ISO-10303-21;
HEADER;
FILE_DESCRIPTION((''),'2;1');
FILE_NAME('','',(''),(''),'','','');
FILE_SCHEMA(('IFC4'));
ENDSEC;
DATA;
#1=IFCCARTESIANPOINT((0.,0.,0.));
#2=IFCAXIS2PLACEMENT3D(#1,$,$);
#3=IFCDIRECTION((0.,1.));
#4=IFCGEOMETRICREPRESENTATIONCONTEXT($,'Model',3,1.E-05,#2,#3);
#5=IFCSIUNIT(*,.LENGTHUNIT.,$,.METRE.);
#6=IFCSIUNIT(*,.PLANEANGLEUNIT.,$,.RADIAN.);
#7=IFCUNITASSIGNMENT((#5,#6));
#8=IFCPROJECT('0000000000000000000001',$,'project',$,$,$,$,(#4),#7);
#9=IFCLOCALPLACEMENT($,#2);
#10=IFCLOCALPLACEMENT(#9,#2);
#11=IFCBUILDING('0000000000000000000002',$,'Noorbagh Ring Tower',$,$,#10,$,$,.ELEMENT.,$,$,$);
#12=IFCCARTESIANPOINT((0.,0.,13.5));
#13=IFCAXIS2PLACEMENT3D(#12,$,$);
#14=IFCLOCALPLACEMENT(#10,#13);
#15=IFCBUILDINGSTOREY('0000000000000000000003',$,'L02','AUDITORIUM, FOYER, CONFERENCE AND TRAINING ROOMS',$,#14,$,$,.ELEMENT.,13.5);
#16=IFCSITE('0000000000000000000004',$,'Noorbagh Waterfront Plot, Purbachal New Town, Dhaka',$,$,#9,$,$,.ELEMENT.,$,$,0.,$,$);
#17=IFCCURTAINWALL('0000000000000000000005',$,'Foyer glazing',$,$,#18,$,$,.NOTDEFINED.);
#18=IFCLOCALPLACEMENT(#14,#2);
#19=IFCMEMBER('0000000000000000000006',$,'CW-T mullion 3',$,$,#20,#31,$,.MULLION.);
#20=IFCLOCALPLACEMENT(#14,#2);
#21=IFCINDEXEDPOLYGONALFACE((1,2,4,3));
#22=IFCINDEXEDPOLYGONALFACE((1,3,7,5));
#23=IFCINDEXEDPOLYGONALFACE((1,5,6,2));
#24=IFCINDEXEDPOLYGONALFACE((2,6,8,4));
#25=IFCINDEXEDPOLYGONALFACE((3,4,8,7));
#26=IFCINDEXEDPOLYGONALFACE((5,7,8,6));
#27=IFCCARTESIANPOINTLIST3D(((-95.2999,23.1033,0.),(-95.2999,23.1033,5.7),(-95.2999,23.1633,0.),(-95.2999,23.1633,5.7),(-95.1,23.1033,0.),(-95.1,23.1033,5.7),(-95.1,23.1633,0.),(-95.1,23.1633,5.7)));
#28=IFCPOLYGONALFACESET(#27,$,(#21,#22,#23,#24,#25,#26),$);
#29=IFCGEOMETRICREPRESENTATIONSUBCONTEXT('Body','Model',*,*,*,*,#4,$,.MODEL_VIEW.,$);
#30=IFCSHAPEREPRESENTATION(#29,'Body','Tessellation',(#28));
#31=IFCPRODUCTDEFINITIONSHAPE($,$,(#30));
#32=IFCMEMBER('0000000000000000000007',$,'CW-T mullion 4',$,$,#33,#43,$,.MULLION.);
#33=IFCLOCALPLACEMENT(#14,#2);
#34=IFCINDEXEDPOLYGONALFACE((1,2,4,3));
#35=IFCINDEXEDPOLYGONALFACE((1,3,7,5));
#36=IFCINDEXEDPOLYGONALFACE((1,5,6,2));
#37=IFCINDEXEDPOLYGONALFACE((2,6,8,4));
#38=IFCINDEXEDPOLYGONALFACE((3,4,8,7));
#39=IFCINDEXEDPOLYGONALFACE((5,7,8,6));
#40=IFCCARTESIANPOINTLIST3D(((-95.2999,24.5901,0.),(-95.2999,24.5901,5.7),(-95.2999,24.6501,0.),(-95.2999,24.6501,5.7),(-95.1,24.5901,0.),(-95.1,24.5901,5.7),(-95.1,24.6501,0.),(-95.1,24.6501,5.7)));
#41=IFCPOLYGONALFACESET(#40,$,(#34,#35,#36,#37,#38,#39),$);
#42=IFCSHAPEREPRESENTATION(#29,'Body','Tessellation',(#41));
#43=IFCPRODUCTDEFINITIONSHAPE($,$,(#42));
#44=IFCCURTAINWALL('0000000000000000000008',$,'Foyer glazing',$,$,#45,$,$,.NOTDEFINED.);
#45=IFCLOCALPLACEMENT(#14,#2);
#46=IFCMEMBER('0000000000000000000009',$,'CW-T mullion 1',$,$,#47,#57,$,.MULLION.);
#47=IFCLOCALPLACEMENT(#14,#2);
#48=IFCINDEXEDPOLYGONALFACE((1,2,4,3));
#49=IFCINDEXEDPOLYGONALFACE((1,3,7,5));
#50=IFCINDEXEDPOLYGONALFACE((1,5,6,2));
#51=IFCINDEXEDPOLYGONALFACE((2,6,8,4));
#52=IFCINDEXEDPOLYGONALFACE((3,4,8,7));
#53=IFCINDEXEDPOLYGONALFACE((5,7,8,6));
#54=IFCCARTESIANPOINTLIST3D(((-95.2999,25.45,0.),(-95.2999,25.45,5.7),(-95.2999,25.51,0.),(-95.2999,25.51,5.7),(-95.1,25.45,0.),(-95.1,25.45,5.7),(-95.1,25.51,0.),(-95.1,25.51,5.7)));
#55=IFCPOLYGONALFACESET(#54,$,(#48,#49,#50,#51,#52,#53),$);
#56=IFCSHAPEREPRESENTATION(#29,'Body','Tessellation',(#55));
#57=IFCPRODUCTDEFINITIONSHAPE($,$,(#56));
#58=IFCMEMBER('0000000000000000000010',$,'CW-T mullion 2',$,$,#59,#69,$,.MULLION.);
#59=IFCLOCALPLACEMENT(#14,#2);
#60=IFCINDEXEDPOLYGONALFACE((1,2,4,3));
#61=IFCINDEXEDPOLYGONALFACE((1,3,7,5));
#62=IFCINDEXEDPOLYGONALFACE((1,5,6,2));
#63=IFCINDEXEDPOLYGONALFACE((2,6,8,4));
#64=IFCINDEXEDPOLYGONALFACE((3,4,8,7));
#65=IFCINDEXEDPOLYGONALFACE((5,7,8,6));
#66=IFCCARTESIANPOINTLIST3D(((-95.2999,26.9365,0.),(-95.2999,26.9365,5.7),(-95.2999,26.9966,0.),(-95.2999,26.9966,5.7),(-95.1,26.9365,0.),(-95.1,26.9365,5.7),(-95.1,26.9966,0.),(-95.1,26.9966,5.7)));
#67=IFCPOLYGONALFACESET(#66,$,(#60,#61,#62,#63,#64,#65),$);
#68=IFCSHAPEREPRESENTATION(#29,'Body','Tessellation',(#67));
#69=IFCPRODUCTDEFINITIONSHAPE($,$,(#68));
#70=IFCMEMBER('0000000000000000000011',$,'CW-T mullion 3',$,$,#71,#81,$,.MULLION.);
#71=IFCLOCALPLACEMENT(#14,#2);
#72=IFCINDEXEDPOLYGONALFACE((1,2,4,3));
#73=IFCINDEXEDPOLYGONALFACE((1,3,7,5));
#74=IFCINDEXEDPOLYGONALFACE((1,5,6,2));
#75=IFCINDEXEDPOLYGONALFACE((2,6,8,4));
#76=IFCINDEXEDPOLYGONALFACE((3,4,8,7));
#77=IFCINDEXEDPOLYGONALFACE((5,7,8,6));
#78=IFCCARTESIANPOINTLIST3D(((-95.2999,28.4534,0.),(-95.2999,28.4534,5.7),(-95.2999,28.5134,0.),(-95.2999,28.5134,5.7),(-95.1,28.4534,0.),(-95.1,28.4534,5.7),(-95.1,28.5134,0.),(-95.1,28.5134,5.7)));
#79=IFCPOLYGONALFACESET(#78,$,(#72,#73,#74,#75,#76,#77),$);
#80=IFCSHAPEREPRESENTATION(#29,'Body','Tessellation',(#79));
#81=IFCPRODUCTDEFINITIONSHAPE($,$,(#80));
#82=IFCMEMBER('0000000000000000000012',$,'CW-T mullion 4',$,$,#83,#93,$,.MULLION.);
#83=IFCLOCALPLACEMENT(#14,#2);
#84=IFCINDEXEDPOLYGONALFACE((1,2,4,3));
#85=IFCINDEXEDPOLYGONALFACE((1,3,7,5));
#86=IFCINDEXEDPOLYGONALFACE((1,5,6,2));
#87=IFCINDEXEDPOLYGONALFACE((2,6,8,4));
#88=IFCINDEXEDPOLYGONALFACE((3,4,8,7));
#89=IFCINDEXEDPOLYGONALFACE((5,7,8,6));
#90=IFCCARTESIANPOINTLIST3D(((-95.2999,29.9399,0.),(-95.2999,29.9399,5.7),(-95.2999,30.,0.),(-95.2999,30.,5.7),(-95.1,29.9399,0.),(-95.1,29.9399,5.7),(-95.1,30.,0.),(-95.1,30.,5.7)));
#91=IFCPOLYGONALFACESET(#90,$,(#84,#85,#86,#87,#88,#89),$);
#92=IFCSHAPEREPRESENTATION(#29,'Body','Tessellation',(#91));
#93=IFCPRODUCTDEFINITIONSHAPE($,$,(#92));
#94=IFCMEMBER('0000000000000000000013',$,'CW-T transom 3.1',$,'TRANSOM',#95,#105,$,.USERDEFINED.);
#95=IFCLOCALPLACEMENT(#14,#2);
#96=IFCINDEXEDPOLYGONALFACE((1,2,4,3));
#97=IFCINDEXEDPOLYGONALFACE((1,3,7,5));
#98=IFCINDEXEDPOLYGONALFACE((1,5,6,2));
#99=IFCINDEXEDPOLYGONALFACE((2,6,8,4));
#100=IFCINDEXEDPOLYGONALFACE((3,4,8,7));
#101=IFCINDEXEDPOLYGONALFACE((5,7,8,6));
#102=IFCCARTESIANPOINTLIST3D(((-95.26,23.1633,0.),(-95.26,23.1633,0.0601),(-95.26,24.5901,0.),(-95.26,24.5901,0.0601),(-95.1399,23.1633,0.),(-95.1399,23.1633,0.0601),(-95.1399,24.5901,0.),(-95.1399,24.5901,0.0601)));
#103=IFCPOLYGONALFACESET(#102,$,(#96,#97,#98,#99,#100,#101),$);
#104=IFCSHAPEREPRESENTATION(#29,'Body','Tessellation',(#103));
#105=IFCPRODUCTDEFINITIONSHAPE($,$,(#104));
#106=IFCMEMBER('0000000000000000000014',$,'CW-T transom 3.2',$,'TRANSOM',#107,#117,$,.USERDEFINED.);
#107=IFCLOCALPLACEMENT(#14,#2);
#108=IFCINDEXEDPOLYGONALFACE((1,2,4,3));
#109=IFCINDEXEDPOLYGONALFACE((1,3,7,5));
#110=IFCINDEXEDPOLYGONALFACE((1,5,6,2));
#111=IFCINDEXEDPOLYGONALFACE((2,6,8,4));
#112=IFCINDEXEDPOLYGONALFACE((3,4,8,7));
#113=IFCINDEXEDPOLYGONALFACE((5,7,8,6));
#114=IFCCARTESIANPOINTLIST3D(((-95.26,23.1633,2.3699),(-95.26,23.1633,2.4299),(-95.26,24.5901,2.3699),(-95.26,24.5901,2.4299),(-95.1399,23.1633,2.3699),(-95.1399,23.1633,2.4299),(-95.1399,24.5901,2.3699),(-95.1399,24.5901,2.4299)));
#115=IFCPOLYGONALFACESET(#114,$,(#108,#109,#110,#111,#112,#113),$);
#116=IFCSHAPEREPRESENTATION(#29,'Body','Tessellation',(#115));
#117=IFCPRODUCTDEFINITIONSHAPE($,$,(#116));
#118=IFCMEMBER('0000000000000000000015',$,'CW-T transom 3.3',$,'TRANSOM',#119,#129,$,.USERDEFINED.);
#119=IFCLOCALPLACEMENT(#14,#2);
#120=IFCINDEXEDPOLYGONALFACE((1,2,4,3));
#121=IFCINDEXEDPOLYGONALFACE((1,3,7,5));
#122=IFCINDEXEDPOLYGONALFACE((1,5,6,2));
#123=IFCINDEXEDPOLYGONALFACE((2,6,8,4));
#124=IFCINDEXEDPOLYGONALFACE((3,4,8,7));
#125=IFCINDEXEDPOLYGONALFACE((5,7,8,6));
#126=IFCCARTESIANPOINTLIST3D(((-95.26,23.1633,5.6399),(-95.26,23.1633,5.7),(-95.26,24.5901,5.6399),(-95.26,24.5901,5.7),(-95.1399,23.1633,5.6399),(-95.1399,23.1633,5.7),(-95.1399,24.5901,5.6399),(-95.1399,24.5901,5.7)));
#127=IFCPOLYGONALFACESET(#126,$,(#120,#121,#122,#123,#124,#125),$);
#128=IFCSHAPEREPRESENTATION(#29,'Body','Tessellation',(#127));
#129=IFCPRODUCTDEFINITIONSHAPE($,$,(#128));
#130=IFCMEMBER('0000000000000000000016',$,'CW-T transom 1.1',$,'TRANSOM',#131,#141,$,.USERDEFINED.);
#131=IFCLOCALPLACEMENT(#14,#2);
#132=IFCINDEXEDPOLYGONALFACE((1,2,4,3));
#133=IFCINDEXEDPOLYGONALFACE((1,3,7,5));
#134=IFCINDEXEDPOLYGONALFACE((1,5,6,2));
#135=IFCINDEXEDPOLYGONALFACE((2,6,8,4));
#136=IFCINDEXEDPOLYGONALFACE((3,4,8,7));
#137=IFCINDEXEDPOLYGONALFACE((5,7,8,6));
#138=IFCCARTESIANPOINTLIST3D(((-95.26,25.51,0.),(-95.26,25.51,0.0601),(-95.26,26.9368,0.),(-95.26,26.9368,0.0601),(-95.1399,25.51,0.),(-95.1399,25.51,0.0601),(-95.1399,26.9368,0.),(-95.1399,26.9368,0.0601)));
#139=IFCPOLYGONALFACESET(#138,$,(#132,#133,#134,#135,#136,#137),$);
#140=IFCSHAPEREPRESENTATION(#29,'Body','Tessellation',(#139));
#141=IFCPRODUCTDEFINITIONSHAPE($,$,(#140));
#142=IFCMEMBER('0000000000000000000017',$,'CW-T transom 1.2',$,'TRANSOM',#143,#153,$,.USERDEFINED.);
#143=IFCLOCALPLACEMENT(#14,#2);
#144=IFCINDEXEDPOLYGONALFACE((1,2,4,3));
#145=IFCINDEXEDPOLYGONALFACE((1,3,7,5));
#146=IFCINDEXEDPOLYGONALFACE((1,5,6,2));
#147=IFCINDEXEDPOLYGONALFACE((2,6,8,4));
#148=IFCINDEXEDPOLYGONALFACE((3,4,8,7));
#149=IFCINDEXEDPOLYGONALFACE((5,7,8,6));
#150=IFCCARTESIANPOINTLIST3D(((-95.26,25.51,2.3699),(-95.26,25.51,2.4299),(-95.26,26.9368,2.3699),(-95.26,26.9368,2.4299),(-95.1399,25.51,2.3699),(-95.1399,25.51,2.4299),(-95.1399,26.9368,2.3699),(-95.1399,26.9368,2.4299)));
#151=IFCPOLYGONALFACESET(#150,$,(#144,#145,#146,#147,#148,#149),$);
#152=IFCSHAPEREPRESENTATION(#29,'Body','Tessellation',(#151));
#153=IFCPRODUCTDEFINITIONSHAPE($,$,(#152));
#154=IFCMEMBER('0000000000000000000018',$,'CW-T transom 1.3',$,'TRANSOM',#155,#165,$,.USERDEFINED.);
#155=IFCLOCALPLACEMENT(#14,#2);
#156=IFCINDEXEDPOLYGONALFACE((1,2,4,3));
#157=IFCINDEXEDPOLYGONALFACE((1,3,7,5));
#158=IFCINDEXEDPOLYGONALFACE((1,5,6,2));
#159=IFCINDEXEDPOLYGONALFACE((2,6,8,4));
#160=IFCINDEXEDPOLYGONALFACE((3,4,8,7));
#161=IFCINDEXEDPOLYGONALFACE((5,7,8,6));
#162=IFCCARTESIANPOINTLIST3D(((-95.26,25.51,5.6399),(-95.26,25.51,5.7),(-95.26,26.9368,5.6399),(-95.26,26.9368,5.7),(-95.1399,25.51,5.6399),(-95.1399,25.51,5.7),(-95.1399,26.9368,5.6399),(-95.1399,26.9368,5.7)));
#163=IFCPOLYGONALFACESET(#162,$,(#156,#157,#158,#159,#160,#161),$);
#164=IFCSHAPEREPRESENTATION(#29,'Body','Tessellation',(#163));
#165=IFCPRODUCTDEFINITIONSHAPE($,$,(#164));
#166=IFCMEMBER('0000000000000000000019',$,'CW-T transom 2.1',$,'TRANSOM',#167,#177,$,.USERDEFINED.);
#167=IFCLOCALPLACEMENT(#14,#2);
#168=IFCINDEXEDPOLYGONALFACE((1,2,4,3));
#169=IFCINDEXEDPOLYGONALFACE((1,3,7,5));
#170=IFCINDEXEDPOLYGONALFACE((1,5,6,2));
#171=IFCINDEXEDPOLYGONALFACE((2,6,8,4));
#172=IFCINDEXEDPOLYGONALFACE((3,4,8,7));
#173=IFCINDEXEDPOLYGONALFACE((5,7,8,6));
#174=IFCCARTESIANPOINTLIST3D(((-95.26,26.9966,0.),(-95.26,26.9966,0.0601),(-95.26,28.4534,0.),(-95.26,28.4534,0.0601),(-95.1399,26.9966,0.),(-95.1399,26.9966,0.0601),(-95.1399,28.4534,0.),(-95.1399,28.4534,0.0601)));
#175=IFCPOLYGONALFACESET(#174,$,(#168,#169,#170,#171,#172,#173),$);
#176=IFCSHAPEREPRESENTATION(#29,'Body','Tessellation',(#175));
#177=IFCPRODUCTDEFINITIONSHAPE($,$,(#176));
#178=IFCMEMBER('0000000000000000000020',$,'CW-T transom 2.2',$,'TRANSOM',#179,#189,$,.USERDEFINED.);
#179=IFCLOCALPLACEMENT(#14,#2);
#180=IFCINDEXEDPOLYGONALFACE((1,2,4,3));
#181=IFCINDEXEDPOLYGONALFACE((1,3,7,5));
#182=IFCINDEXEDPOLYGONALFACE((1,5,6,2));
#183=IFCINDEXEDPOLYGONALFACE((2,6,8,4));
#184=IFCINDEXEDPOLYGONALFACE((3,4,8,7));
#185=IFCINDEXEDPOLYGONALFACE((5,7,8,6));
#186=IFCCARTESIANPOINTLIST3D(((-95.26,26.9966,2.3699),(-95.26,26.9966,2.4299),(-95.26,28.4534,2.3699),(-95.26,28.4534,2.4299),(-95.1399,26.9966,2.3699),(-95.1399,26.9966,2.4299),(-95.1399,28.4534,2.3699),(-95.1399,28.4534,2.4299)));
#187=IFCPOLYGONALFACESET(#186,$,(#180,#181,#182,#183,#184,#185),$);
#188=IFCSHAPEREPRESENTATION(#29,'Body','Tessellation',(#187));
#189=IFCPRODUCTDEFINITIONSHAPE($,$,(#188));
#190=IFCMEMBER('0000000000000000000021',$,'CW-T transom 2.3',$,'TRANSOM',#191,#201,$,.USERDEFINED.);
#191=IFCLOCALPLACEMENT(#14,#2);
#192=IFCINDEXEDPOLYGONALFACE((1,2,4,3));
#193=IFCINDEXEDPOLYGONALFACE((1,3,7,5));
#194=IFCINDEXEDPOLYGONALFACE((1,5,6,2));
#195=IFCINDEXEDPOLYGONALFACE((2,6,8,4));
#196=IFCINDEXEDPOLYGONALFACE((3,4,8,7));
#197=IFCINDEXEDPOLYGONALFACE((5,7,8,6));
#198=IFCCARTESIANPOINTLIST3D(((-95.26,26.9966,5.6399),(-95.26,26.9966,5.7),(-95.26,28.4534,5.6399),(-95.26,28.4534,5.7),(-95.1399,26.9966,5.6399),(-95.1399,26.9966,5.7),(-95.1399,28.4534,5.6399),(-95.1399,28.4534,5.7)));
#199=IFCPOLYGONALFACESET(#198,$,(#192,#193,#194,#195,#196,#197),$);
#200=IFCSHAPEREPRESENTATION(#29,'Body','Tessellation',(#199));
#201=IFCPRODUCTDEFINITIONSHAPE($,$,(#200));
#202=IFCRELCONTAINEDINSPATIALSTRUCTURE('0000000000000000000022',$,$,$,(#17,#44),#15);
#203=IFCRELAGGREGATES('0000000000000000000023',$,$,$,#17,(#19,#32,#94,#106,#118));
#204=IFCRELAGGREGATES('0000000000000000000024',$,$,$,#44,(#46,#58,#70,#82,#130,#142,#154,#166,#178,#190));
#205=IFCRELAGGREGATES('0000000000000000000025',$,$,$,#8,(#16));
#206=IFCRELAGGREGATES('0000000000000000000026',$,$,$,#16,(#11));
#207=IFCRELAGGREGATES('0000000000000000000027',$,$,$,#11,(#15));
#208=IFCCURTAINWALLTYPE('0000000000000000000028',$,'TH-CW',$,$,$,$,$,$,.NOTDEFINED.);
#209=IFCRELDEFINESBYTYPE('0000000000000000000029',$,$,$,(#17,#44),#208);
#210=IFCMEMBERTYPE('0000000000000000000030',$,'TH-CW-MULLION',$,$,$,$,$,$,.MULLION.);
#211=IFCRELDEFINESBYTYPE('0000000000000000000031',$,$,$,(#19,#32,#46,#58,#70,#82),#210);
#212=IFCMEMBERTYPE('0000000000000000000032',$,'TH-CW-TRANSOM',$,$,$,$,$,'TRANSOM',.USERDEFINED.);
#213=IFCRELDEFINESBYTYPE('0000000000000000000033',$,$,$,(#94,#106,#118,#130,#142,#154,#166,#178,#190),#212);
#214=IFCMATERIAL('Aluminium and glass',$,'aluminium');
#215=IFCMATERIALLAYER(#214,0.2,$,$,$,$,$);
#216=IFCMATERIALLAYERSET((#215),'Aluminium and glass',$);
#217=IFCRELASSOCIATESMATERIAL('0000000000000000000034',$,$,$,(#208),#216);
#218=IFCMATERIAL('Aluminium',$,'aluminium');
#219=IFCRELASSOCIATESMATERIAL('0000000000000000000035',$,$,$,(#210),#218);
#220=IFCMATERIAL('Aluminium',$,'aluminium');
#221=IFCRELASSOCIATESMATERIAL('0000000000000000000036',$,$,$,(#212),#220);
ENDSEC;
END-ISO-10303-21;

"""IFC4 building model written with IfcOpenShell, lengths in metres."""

from ifc_helpers import new_model, si_unit, direction, frame, origin, origin_2d, place, context, subcontext, project, spatial, rectangle, extrude, material, layer, layer_set, material_profile, profile_set, type_object, element, aggregate, save


model = new_model("IFC4")

# Units and contexts
model_context = context("Model", 3, precision=1e-05, world=origin(), true_north=direction((0.0, 1.0)))
body_context = subcontext(model_context, "Body", "Model", "MODEL_VIEW")
ifc_project = project(units=[si_unit("LENGTHUNIT", "METRE"), si_unit("PLANEANGLEUNIT", "RADIAN")], contexts=[model_context])

# Site, building, storey
site_placement = place(None, origin())
site = spatial("IfcSite", under=ifc_project, at=site_placement, Name="Noorbagh Waterfront Plot, Purbachal New Town, Dhaka", CompositionType="ELEMENT", RefElevation=0.0)
building_placement = place(site_placement, origin())
building = spatial("IfcBuilding", under=site, at=building_placement, Name="Noorbagh Ring Tower", CompositionType="ELEMENT")
storey_placement = place(building_placement, frame((0.0, 0.0, 13.5)))
storey = spatial("IfcBuildingStorey", under=building, at=storey_placement, Name="L02", Description="AUDITORIUM, FOYER, CONFERENCE AND TRAINING ROOMS", CompositionType="ELEMENT", Elevation=13.5)

# Curtain walls, members
ifc_material_1 = material(Name="Aluminium and glass", Category="aluminium")
ifc_layer_1 = layer(ifc_material_1, 0.2)
ifc_layer_set_1 = layer_set([ifc_layer_1], Name="Aluminium and glass")
curtain_wall_type = type_object("IfcCurtainWallType", Name="TH-CW", PredefinedType="NOTDEFINED", material=ifc_layer_set_1)
curtain_wall_1_placement = place(storey_placement, origin())
curtain_wall_1 = element("IfcCurtainWall", 1, at=curtain_wall_1_placement, inside=storey, type_object=curtain_wall_type, Name="Foyer glazing", PredefinedType="NOTDEFINED")
ifc_material_2 = material(Name="Aluminium", Category="aluminium")
ifc_material_profile_1 = material_profile(ifc_material_2, rectangle(XDim=0.2, YDim=0.0601, at=origin_2d()), Name="AL 200x60")
ifc_profile_set_1 = profile_set([ifc_material_profile_1], Name="Aluminium")
member_type_1 = type_object("IfcMemberType", Name="TH-CW-MULLION", PredefinedType="MULLION", material=ifc_profile_set_1)
member_1_placement = place(storey_placement, frame((-95.2, 23.1333, 0.0), z_axis=(0.0, 0.0, 1.0), x_axis=(-1.0, 0.0, 0.0)))
member_1 = element("IfcMember", 2, at=member_1_placement, type_object=member_type_1, Name="CW-T mullion 3", PredefinedType="MULLION", context=body_context, shape_type="SweptSolid", body=[
    extrude(rectangle(XDim=0.2, YDim=0.0601, at=origin_2d()), origin(), (0.0, 0.0, 1.0), 5.7),
])
member_2_placement = place(storey_placement, frame((-95.2, 24.6201, 0.0), z_axis=(0.0, 0.0, 1.0), x_axis=(-1.0, 0.0, 0.0)))
member_2 = element("IfcMember", 3, at=member_2_placement, type_object=member_type_1, Name="CW-T mullion 4", PredefinedType="MULLION", context=body_context, shape_type="SweptSolid", body=[
    extrude(rectangle(XDim=0.2, YDim=0.0601, at=origin_2d()), origin(), (0.0, 0.0, 1.0), 5.7),
])
curtain_wall_2_placement = place(storey_placement, origin())
curtain_wall_2 = element("IfcCurtainWall", 4, at=curtain_wall_2_placement, inside=storey, type_object=curtain_wall_type, Name="Foyer glazing", PredefinedType="NOTDEFINED")
member_3_placement = place(storey_placement, frame((-95.2, 25.48, 0.0), z_axis=(0.0, 0.0, 1.0), x_axis=(-1.0, 0.0, 0.0)))
member_3 = element("IfcMember", 5, at=member_3_placement, type_object=member_type_1, Name="CW-T mullion 1", PredefinedType="MULLION", context=body_context, shape_type="SweptSolid", body=[
    extrude(rectangle(XDim=0.2, YDim=0.0601, at=origin_2d()), origin(), (0.0, 0.0, 1.0), 5.7),
])
member_4_placement = place(storey_placement, frame((-95.2, 26.9666, 0.0), z_axis=(0.0, 0.0, 1.0), x_axis=(-1.0, 0.0, 0.0)))
member_4 = element("IfcMember", 6, at=member_4_placement, type_object=member_type_1, Name="CW-T mullion 2", PredefinedType="MULLION", context=body_context, shape_type="SweptSolid", body=[
    extrude(rectangle(XDim=0.2, YDim=0.0601, at=origin_2d()), origin(), (0.0, 0.0, 1.0), 5.7),
])
member_5_placement = place(storey_placement, frame((-95.2, 28.4834, 0.0), z_axis=(0.0, 0.0, 1.0), x_axis=(-1.0, 0.0, 0.0)))
member_5 = element("IfcMember", 7, at=member_5_placement, type_object=member_type_1, Name="CW-T mullion 3", PredefinedType="MULLION", context=body_context, shape_type="SweptSolid", body=[
    extrude(rectangle(XDim=0.2, YDim=0.0601, at=origin_2d()), origin(), (0.0, 0.0, 1.0), 5.7),
])
member_6_placement = place(storey_placement, frame((-95.2, 29.97, 0.0), z_axis=(0.0, 0.0, 1.0), x_axis=(-1.0, 0.0, 0.0)))
member_6 = element("IfcMember", 8, at=member_6_placement, type_object=member_type_1, Name="CW-T mullion 4", PredefinedType="MULLION", context=body_context, shape_type="SweptSolid", body=[
    extrude(rectangle(XDim=0.2, YDim=0.0601, at=origin_2d()), origin(), (0.0, 0.0, 1.0), 5.7),
])

# Members
ifc_material_3 = material(Name="Aluminium", Category="aluminium")
ifc_material_profile_2 = material_profile(ifc_material_3, rectangle(XDim=0.1201, YDim=0.0601, at=origin_2d()), Name="AL 120x60")
ifc_profile_set_2 = profile_set([ifc_material_profile_2], Name="Aluminium")
member_type_2 = type_object("IfcMemberType", Name="TH-CW-TRANSOM", ElementType="TRANSOM", PredefinedType="USERDEFINED", material=ifc_profile_set_2)
member_7_placement = place(storey_placement, frame((-95.2, 23.1633, 0.03), z_axis=(0.0, 1.0, 0.0), x_axis=(-1.0, 0.0, 0.0)))
member_7 = element("IfcMember", 9, at=member_7_placement, type_object=member_type_2, Name="CW-T transom 3.1", ObjectType="TRANSOM", PredefinedType="USERDEFINED", context=body_context, shape_type="SweptSolid", body=[
    extrude(rectangle(XDim=0.1201, YDim=0.0601, at=origin_2d()), origin(), (0.0, 0.0, 1.0), 1.4268),
])
member_8_placement = place(storey_placement, frame((-95.2, 23.1633, 2.3999), z_axis=(0.0, 1.0, 0.0), x_axis=(-1.0, 0.0, 0.0)))
member_8 = element("IfcMember", 10, at=member_8_placement, type_object=member_type_2, Name="CW-T transom 3.2", ObjectType="TRANSOM", PredefinedType="USERDEFINED", context=body_context, shape_type="SweptSolid", body=[
    extrude(rectangle(XDim=0.1201, YDim=0.0601, at=origin_2d()), origin(), (0.0, 0.0, 1.0), 1.4268),
])
member_9_placement = place(storey_placement, frame((-95.2, 23.1633, 5.6699), z_axis=(0.0, 1.0, 0.0), x_axis=(-1.0, 0.0, 0.0)))
member_9 = element("IfcMember", 11, at=member_9_placement, type_object=member_type_2, Name="CW-T transom 3.3", ObjectType="TRANSOM", PredefinedType="USERDEFINED", context=body_context, shape_type="SweptSolid", body=[
    extrude(rectangle(XDim=0.1201, YDim=0.0601, at=origin_2d()), origin(), (0.0, 0.0, 1.0), 1.4268),
])
member_10_placement = place(storey_placement, frame((-95.2, 25.51, 0.03), z_axis=(0.0, 1.0, 0.0), x_axis=(-1.0, 0.0, 0.0)))
member_10 = element("IfcMember", 12, at=member_10_placement, type_object=member_type_2, Name="CW-T transom 1.1", ObjectType="TRANSOM", PredefinedType="USERDEFINED", context=body_context, shape_type="SweptSolid", body=[
    extrude(rectangle(XDim=0.1201, YDim=0.0601, at=origin_2d()), origin(), (0.0, 0.0, 1.0), 1.4268),
])
member_11_placement = place(storey_placement, frame((-95.2, 25.51, 2.3999), z_axis=(0.0, 1.0, 0.0), x_axis=(-1.0, 0.0, 0.0)))
member_11 = element("IfcMember", 13, at=member_11_placement, type_object=member_type_2, Name="CW-T transom 1.2", ObjectType="TRANSOM", PredefinedType="USERDEFINED", context=body_context, shape_type="SweptSolid", body=[
    extrude(rectangle(XDim=0.1201, YDim=0.0601, at=origin_2d()), origin(), (0.0, 0.0, 1.0), 1.4268),
])
member_12_placement = place(storey_placement, frame((-95.2, 25.51, 5.6699), z_axis=(0.0, 1.0, 0.0), x_axis=(-1.0, 0.0, 0.0)))
member_12 = element("IfcMember", 14, at=member_12_placement, type_object=member_type_2, Name="CW-T transom 1.3", ObjectType="TRANSOM", PredefinedType="USERDEFINED", context=body_context, shape_type="SweptSolid", body=[
    extrude(rectangle(XDim=0.1201, YDim=0.0601, at=origin_2d()), origin(), (0.0, 0.0, 1.0), 1.4268),
])
member_13_placement = place(storey_placement, frame((-95.2, 26.9966, 0.03), z_axis=(0.0, 1.0, 0.0), x_axis=(-1.0, 0.0, 0.0)))
member_13 = element("IfcMember", 15, at=member_13_placement, type_object=member_type_2, Name="CW-T transom 2.1", ObjectType="TRANSOM", PredefinedType="USERDEFINED", context=body_context, shape_type="SweptSolid", body=[
    extrude(rectangle(XDim=0.1201, YDim=0.0601, at=origin_2d()), origin(), (0.0, 0.0, 1.0), 1.4568),
])
member_14_placement = place(storey_placement, frame((-95.2, 26.9966, 2.3999), z_axis=(0.0, 1.0, 0.0), x_axis=(-1.0, 0.0, 0.0)))
member_14 = element("IfcMember", 16, at=member_14_placement, type_object=member_type_2, Name="CW-T transom 2.2", ObjectType="TRANSOM", PredefinedType="USERDEFINED", context=body_context, shape_type="SweptSolid", body=[
    extrude(rectangle(XDim=0.1201, YDim=0.0601, at=origin_2d()), origin(), (0.0, 0.0, 1.0), 1.4568),
])
member_15_placement = place(storey_placement, frame((-95.2, 26.9966, 5.6699), z_axis=(0.0, 1.0, 0.0), x_axis=(-1.0, 0.0, 0.0)))
member_15 = element("IfcMember", 17, at=member_15_placement, type_object=member_type_2, Name="CW-T transom 2.3", ObjectType="TRANSOM", PredefinedType="USERDEFINED", context=body_context, shape_type="SweptSolid", body=[
    extrude(rectangle(XDim=0.1201, YDim=0.0601, at=origin_2d()), origin(), (0.0, 0.0, 1.0), 1.4568),
])

aggregate(curtain_wall_1, [member_1, member_2, member_7, member_8, member_9])
aggregate(curtain_wall_2, [member_3, member_4, member_5, member_6, member_10, member_11, member_12, member_13, member_14, member_15])

save(model, "model.ifc")
